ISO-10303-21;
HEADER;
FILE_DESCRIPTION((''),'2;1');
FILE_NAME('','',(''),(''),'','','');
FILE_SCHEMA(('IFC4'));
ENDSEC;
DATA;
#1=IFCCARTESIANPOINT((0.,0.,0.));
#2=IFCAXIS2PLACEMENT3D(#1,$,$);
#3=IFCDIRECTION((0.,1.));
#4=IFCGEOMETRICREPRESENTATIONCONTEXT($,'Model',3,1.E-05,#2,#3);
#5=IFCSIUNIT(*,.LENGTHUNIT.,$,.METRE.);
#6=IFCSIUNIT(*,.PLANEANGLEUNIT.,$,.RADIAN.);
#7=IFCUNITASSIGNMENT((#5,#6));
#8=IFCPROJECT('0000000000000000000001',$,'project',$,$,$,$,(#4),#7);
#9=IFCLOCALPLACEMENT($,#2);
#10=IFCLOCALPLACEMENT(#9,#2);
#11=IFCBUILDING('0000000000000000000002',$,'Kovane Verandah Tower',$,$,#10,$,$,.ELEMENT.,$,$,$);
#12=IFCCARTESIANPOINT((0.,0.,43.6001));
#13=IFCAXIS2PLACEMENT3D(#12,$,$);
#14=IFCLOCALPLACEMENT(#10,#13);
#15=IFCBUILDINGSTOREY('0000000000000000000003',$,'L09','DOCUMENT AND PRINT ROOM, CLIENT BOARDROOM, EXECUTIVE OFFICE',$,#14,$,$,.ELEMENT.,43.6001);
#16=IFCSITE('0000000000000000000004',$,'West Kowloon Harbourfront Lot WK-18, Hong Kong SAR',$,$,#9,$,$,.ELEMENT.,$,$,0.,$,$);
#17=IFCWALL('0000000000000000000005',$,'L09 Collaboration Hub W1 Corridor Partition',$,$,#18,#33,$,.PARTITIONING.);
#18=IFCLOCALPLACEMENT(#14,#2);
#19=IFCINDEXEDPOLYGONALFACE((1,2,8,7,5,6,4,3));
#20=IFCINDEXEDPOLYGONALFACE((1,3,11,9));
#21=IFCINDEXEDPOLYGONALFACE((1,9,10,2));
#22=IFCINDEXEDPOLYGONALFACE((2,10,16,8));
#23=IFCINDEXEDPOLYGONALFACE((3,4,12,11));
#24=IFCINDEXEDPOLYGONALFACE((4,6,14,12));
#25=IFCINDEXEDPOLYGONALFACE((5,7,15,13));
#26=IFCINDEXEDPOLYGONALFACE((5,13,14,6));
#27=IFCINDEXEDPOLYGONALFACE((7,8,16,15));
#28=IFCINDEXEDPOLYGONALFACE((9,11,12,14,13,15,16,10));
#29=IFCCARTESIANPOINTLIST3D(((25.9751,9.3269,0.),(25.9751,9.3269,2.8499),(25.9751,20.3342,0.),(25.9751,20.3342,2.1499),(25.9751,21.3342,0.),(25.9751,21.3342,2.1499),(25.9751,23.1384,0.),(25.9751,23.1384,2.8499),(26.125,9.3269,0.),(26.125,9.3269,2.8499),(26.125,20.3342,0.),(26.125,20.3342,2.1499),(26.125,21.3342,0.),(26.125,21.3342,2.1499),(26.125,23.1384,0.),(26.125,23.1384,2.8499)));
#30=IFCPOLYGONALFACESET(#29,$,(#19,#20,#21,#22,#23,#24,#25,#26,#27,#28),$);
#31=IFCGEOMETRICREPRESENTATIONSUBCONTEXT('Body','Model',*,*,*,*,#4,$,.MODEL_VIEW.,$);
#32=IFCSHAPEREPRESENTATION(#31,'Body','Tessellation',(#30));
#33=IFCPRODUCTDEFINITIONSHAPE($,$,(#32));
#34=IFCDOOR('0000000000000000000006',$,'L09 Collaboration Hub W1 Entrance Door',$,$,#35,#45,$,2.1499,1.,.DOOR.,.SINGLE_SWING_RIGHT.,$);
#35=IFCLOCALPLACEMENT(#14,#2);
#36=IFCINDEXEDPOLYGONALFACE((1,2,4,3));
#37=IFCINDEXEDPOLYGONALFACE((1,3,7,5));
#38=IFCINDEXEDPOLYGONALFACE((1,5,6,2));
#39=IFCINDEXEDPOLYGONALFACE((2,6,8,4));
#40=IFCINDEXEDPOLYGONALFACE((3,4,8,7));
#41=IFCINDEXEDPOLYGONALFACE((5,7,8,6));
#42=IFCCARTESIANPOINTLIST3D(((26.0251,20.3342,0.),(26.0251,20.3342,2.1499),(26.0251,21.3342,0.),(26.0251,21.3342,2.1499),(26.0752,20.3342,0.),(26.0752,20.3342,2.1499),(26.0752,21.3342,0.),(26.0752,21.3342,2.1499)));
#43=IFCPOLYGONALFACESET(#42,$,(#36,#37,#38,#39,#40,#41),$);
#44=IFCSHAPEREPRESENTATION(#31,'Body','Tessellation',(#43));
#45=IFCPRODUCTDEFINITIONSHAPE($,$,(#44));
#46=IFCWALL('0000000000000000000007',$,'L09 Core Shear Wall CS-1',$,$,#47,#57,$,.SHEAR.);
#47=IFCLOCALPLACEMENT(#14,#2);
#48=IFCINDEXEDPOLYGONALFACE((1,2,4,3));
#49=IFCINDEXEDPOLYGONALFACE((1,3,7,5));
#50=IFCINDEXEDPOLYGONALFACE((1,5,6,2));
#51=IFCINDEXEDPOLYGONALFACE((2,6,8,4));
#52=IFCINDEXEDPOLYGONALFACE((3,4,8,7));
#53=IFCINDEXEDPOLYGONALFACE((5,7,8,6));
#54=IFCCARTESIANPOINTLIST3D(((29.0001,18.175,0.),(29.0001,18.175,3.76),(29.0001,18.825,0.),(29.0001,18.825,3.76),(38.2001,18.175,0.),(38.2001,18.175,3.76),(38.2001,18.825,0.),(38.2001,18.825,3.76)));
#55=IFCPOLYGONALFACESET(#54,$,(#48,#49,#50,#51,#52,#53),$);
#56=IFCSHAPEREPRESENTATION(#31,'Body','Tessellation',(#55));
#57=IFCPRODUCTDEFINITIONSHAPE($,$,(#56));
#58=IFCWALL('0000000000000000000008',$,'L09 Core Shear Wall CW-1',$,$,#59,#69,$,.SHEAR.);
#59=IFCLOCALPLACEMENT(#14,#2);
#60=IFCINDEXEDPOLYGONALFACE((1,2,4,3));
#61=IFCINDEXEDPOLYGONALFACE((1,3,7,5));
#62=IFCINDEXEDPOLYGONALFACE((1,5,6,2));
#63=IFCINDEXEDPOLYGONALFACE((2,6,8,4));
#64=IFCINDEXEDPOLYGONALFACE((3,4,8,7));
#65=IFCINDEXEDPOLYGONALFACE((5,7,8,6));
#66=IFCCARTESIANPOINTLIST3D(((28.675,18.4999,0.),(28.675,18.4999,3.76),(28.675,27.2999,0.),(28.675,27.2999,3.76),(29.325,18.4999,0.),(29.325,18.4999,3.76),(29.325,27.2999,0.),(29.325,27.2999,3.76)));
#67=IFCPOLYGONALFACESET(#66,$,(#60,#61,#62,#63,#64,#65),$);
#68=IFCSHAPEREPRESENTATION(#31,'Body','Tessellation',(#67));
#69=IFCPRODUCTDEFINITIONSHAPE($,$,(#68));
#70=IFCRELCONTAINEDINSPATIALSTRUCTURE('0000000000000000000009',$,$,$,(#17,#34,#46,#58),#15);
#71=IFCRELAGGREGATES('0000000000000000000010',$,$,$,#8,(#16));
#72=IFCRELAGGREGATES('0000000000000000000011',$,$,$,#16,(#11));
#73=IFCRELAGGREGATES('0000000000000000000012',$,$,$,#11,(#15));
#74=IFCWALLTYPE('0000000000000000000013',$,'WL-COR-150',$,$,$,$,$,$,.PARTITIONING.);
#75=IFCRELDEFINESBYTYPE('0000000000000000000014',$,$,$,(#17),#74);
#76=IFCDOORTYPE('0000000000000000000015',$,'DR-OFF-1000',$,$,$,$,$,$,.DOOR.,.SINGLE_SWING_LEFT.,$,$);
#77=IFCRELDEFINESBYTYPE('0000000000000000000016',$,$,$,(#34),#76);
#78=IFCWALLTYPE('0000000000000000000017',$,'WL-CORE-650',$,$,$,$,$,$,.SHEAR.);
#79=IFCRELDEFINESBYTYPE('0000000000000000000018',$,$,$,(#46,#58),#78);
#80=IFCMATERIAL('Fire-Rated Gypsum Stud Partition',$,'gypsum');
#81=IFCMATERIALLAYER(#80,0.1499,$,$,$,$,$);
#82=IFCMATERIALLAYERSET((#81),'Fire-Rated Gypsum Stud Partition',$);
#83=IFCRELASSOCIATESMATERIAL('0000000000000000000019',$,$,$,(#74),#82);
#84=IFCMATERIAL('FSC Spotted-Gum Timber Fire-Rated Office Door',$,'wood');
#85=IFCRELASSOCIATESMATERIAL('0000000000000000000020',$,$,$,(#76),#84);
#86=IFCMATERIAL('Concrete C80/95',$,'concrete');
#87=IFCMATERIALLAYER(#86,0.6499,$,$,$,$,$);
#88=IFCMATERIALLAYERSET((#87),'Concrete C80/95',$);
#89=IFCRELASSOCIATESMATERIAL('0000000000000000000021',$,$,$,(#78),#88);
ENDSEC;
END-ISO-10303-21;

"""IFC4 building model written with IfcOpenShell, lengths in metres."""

from ifc_helpers import new_model, si_unit, direction, frame, frame_2d, origin, place, context, subcontext, project, spatial, rectangle, extrude, material, layer, layer_set, type_object, element, fill, save


model = new_model("IFC4")

# Units and contexts
model_context = context("Model", 3, precision=1e-05, world=origin(), true_north=direction((0.0, 1.0)))
body_context = subcontext(model_context, "Body", "Model", "MODEL_VIEW")
ifc_project = project(units=[si_unit("LENGTHUNIT", "METRE"), si_unit("PLANEANGLEUNIT", "RADIAN")], contexts=[model_context])

# Site, building, storey
site_placement = place(None, origin())
site = spatial("IfcSite", under=ifc_project, at=site_placement, Name="West Kowloon Harbourfront Lot WK-18, Hong Kong SAR", CompositionType="ELEMENT", RefElevation=0.0)
building_placement = place(site_placement, origin())
building = spatial("IfcBuilding", under=site, at=building_placement, Name="Kovane Verandah Tower", CompositionType="ELEMENT")
storey_placement = place(building_placement, frame((0.0, 0.0, 43.6001)))
storey = spatial("IfcBuildingStorey", under=building, at=storey_placement, Name="L09", Description="DOCUMENT AND PRINT ROOM, CLIENT BOARDROOM, EXECUTIVE OFFICE", CompositionType="ELEMENT", Elevation=43.6001)

# Shared definitions
ifc_material_1 = material(Name="Concrete C80/95", Category="concrete")

# Wall, opening, door
ifc_material_2 = material(Name="Fire-Rated Gypsum Stud Partition", Category="gypsum")
ifc_layer_1 = layer(ifc_material_2, 0.1499)
ifc_layer_set_1 = layer_set([ifc_layer_1], Name="Fire-Rated Gypsum Stud Partition")
wall_type_1 = type_object("IfcWallType", Name="WL-COR-150", PredefinedType="PARTITIONING", material=ifc_layer_set_1)
ifc_material_3 = material(Name="FSC Spotted-Gum Timber Fire-Rated Office Door", Category="wood")
door_type = type_object("IfcDoorType", Name="DR-OFF-1000", OperationType="SINGLE_SWING_LEFT", PredefinedType="DOOR", material=ifc_material_3)
wall_1_placement = place(storey_placement, frame((26.05, 9.3269, 0.0), z_axis=(0.0, 0.0, 1.0), x_axis=(0.0, 1.0, 0.0)))
wall_1 = element("IfcWall", 1, at=wall_1_placement, inside=storey, type_object=wall_type_1, Name="L09 Collaboration Hub W1 Corridor Partition", PredefinedType="PARTITIONING", context=body_context, shape_type="SweptSolid", body=[
    extrude(rectangle(XDim=13.8115, YDim=0.1499, at=frame_2d((6.9058, 0.0))), origin(), (0.0, 0.0, 1.0), 2.8499),
])
opening_1_placement = place(wall_1_placement, frame((11.0073, 0.0, 0.0)))
opening_1 = element("IfcOpeningElement", 2, at=opening_1_placement, cuts=wall_1, PredefinedType="OPENING", context=body_context, shape_type="SweptSolid", body=[
    extrude(rectangle(XDim=1.0, YDim=2.1499, at=frame_2d((0.5, 1.075))), frame((0.0, 0.075, 0.0), z_axis=(0.0, -1.0, 0.0), x_axis=(1.0, 0.0, 0.0)), (0.0, 0.0, 1.0), 0.1499),
])
door_1_placement = place(opening_1_placement, origin())
door_1 = element("IfcDoor", 3, at=door_1_placement, inside=storey, type_object=door_type, Name="L09 Collaboration Hub W1 Entrance Door", OperationType="SINGLE_SWING_RIGHT", OverallHeight=2.1499, OverallWidth=1.0, PredefinedType="DOOR", context=body_context, shape_type="SweptSolid", body=[
    extrude(rectangle(XDim=1.0, YDim=2.1499, at=frame_2d((0.5, 1.075))), frame((0.0, 0.0249, 0.0), z_axis=(0.0, -1.0, 0.0), x_axis=(1.0, 0.0, 0.0)), (0.0, 0.0, 1.0), 0.05),
])
fill(opening_1, door_1)

# Walls
ifc_layer_2 = layer(ifc_material_1, 0.6499)
ifc_layer_set_2 = layer_set([ifc_layer_2], Name="Concrete C80/95")
wall_type_2 = type_object("IfcWallType", Name="WL-CORE-650", PredefinedType="SHEAR", material=ifc_layer_set_2)
wall_2_placement = place(storey_placement, frame((29.0, 18.5, 0.0), z_axis=(0.0, 0.0, 1.0), x_axis=(1.0, 0.0, 0.0)))
element("IfcWall", 4, at=wall_2_placement, inside=storey, type_object=wall_type_2, Name="L09 Core Shear Wall CS-1", PredefinedType="SHEAR", context=body_context, shape_type="SweptSolid", body=[
    extrude(rectangle(XDim=9.2, YDim=0.6499, at=frame_2d((4.6001, 0.0))), origin(), (0.0, 0.0, 1.0), 3.76),
])
wall_3_placement = place(storey_placement, frame((29.0, 18.5, 0.0), z_axis=(0.0, 0.0, 1.0), x_axis=(0.0, 1.0, 0.0)))
element("IfcWall", 5, at=wall_3_placement, inside=storey, type_object=wall_type_2, Name="L09 Core Shear Wall CW-1", PredefinedType="SHEAR", context=body_context, shape_type="SweptSolid", body=[
    extrude(rectangle(XDim=8.8, YDim=0.6499, at=frame_2d((4.3999, 0.0))), origin(), (0.0, 0.0, 1.0), 3.76),
])

save(model, "model.ifc")
